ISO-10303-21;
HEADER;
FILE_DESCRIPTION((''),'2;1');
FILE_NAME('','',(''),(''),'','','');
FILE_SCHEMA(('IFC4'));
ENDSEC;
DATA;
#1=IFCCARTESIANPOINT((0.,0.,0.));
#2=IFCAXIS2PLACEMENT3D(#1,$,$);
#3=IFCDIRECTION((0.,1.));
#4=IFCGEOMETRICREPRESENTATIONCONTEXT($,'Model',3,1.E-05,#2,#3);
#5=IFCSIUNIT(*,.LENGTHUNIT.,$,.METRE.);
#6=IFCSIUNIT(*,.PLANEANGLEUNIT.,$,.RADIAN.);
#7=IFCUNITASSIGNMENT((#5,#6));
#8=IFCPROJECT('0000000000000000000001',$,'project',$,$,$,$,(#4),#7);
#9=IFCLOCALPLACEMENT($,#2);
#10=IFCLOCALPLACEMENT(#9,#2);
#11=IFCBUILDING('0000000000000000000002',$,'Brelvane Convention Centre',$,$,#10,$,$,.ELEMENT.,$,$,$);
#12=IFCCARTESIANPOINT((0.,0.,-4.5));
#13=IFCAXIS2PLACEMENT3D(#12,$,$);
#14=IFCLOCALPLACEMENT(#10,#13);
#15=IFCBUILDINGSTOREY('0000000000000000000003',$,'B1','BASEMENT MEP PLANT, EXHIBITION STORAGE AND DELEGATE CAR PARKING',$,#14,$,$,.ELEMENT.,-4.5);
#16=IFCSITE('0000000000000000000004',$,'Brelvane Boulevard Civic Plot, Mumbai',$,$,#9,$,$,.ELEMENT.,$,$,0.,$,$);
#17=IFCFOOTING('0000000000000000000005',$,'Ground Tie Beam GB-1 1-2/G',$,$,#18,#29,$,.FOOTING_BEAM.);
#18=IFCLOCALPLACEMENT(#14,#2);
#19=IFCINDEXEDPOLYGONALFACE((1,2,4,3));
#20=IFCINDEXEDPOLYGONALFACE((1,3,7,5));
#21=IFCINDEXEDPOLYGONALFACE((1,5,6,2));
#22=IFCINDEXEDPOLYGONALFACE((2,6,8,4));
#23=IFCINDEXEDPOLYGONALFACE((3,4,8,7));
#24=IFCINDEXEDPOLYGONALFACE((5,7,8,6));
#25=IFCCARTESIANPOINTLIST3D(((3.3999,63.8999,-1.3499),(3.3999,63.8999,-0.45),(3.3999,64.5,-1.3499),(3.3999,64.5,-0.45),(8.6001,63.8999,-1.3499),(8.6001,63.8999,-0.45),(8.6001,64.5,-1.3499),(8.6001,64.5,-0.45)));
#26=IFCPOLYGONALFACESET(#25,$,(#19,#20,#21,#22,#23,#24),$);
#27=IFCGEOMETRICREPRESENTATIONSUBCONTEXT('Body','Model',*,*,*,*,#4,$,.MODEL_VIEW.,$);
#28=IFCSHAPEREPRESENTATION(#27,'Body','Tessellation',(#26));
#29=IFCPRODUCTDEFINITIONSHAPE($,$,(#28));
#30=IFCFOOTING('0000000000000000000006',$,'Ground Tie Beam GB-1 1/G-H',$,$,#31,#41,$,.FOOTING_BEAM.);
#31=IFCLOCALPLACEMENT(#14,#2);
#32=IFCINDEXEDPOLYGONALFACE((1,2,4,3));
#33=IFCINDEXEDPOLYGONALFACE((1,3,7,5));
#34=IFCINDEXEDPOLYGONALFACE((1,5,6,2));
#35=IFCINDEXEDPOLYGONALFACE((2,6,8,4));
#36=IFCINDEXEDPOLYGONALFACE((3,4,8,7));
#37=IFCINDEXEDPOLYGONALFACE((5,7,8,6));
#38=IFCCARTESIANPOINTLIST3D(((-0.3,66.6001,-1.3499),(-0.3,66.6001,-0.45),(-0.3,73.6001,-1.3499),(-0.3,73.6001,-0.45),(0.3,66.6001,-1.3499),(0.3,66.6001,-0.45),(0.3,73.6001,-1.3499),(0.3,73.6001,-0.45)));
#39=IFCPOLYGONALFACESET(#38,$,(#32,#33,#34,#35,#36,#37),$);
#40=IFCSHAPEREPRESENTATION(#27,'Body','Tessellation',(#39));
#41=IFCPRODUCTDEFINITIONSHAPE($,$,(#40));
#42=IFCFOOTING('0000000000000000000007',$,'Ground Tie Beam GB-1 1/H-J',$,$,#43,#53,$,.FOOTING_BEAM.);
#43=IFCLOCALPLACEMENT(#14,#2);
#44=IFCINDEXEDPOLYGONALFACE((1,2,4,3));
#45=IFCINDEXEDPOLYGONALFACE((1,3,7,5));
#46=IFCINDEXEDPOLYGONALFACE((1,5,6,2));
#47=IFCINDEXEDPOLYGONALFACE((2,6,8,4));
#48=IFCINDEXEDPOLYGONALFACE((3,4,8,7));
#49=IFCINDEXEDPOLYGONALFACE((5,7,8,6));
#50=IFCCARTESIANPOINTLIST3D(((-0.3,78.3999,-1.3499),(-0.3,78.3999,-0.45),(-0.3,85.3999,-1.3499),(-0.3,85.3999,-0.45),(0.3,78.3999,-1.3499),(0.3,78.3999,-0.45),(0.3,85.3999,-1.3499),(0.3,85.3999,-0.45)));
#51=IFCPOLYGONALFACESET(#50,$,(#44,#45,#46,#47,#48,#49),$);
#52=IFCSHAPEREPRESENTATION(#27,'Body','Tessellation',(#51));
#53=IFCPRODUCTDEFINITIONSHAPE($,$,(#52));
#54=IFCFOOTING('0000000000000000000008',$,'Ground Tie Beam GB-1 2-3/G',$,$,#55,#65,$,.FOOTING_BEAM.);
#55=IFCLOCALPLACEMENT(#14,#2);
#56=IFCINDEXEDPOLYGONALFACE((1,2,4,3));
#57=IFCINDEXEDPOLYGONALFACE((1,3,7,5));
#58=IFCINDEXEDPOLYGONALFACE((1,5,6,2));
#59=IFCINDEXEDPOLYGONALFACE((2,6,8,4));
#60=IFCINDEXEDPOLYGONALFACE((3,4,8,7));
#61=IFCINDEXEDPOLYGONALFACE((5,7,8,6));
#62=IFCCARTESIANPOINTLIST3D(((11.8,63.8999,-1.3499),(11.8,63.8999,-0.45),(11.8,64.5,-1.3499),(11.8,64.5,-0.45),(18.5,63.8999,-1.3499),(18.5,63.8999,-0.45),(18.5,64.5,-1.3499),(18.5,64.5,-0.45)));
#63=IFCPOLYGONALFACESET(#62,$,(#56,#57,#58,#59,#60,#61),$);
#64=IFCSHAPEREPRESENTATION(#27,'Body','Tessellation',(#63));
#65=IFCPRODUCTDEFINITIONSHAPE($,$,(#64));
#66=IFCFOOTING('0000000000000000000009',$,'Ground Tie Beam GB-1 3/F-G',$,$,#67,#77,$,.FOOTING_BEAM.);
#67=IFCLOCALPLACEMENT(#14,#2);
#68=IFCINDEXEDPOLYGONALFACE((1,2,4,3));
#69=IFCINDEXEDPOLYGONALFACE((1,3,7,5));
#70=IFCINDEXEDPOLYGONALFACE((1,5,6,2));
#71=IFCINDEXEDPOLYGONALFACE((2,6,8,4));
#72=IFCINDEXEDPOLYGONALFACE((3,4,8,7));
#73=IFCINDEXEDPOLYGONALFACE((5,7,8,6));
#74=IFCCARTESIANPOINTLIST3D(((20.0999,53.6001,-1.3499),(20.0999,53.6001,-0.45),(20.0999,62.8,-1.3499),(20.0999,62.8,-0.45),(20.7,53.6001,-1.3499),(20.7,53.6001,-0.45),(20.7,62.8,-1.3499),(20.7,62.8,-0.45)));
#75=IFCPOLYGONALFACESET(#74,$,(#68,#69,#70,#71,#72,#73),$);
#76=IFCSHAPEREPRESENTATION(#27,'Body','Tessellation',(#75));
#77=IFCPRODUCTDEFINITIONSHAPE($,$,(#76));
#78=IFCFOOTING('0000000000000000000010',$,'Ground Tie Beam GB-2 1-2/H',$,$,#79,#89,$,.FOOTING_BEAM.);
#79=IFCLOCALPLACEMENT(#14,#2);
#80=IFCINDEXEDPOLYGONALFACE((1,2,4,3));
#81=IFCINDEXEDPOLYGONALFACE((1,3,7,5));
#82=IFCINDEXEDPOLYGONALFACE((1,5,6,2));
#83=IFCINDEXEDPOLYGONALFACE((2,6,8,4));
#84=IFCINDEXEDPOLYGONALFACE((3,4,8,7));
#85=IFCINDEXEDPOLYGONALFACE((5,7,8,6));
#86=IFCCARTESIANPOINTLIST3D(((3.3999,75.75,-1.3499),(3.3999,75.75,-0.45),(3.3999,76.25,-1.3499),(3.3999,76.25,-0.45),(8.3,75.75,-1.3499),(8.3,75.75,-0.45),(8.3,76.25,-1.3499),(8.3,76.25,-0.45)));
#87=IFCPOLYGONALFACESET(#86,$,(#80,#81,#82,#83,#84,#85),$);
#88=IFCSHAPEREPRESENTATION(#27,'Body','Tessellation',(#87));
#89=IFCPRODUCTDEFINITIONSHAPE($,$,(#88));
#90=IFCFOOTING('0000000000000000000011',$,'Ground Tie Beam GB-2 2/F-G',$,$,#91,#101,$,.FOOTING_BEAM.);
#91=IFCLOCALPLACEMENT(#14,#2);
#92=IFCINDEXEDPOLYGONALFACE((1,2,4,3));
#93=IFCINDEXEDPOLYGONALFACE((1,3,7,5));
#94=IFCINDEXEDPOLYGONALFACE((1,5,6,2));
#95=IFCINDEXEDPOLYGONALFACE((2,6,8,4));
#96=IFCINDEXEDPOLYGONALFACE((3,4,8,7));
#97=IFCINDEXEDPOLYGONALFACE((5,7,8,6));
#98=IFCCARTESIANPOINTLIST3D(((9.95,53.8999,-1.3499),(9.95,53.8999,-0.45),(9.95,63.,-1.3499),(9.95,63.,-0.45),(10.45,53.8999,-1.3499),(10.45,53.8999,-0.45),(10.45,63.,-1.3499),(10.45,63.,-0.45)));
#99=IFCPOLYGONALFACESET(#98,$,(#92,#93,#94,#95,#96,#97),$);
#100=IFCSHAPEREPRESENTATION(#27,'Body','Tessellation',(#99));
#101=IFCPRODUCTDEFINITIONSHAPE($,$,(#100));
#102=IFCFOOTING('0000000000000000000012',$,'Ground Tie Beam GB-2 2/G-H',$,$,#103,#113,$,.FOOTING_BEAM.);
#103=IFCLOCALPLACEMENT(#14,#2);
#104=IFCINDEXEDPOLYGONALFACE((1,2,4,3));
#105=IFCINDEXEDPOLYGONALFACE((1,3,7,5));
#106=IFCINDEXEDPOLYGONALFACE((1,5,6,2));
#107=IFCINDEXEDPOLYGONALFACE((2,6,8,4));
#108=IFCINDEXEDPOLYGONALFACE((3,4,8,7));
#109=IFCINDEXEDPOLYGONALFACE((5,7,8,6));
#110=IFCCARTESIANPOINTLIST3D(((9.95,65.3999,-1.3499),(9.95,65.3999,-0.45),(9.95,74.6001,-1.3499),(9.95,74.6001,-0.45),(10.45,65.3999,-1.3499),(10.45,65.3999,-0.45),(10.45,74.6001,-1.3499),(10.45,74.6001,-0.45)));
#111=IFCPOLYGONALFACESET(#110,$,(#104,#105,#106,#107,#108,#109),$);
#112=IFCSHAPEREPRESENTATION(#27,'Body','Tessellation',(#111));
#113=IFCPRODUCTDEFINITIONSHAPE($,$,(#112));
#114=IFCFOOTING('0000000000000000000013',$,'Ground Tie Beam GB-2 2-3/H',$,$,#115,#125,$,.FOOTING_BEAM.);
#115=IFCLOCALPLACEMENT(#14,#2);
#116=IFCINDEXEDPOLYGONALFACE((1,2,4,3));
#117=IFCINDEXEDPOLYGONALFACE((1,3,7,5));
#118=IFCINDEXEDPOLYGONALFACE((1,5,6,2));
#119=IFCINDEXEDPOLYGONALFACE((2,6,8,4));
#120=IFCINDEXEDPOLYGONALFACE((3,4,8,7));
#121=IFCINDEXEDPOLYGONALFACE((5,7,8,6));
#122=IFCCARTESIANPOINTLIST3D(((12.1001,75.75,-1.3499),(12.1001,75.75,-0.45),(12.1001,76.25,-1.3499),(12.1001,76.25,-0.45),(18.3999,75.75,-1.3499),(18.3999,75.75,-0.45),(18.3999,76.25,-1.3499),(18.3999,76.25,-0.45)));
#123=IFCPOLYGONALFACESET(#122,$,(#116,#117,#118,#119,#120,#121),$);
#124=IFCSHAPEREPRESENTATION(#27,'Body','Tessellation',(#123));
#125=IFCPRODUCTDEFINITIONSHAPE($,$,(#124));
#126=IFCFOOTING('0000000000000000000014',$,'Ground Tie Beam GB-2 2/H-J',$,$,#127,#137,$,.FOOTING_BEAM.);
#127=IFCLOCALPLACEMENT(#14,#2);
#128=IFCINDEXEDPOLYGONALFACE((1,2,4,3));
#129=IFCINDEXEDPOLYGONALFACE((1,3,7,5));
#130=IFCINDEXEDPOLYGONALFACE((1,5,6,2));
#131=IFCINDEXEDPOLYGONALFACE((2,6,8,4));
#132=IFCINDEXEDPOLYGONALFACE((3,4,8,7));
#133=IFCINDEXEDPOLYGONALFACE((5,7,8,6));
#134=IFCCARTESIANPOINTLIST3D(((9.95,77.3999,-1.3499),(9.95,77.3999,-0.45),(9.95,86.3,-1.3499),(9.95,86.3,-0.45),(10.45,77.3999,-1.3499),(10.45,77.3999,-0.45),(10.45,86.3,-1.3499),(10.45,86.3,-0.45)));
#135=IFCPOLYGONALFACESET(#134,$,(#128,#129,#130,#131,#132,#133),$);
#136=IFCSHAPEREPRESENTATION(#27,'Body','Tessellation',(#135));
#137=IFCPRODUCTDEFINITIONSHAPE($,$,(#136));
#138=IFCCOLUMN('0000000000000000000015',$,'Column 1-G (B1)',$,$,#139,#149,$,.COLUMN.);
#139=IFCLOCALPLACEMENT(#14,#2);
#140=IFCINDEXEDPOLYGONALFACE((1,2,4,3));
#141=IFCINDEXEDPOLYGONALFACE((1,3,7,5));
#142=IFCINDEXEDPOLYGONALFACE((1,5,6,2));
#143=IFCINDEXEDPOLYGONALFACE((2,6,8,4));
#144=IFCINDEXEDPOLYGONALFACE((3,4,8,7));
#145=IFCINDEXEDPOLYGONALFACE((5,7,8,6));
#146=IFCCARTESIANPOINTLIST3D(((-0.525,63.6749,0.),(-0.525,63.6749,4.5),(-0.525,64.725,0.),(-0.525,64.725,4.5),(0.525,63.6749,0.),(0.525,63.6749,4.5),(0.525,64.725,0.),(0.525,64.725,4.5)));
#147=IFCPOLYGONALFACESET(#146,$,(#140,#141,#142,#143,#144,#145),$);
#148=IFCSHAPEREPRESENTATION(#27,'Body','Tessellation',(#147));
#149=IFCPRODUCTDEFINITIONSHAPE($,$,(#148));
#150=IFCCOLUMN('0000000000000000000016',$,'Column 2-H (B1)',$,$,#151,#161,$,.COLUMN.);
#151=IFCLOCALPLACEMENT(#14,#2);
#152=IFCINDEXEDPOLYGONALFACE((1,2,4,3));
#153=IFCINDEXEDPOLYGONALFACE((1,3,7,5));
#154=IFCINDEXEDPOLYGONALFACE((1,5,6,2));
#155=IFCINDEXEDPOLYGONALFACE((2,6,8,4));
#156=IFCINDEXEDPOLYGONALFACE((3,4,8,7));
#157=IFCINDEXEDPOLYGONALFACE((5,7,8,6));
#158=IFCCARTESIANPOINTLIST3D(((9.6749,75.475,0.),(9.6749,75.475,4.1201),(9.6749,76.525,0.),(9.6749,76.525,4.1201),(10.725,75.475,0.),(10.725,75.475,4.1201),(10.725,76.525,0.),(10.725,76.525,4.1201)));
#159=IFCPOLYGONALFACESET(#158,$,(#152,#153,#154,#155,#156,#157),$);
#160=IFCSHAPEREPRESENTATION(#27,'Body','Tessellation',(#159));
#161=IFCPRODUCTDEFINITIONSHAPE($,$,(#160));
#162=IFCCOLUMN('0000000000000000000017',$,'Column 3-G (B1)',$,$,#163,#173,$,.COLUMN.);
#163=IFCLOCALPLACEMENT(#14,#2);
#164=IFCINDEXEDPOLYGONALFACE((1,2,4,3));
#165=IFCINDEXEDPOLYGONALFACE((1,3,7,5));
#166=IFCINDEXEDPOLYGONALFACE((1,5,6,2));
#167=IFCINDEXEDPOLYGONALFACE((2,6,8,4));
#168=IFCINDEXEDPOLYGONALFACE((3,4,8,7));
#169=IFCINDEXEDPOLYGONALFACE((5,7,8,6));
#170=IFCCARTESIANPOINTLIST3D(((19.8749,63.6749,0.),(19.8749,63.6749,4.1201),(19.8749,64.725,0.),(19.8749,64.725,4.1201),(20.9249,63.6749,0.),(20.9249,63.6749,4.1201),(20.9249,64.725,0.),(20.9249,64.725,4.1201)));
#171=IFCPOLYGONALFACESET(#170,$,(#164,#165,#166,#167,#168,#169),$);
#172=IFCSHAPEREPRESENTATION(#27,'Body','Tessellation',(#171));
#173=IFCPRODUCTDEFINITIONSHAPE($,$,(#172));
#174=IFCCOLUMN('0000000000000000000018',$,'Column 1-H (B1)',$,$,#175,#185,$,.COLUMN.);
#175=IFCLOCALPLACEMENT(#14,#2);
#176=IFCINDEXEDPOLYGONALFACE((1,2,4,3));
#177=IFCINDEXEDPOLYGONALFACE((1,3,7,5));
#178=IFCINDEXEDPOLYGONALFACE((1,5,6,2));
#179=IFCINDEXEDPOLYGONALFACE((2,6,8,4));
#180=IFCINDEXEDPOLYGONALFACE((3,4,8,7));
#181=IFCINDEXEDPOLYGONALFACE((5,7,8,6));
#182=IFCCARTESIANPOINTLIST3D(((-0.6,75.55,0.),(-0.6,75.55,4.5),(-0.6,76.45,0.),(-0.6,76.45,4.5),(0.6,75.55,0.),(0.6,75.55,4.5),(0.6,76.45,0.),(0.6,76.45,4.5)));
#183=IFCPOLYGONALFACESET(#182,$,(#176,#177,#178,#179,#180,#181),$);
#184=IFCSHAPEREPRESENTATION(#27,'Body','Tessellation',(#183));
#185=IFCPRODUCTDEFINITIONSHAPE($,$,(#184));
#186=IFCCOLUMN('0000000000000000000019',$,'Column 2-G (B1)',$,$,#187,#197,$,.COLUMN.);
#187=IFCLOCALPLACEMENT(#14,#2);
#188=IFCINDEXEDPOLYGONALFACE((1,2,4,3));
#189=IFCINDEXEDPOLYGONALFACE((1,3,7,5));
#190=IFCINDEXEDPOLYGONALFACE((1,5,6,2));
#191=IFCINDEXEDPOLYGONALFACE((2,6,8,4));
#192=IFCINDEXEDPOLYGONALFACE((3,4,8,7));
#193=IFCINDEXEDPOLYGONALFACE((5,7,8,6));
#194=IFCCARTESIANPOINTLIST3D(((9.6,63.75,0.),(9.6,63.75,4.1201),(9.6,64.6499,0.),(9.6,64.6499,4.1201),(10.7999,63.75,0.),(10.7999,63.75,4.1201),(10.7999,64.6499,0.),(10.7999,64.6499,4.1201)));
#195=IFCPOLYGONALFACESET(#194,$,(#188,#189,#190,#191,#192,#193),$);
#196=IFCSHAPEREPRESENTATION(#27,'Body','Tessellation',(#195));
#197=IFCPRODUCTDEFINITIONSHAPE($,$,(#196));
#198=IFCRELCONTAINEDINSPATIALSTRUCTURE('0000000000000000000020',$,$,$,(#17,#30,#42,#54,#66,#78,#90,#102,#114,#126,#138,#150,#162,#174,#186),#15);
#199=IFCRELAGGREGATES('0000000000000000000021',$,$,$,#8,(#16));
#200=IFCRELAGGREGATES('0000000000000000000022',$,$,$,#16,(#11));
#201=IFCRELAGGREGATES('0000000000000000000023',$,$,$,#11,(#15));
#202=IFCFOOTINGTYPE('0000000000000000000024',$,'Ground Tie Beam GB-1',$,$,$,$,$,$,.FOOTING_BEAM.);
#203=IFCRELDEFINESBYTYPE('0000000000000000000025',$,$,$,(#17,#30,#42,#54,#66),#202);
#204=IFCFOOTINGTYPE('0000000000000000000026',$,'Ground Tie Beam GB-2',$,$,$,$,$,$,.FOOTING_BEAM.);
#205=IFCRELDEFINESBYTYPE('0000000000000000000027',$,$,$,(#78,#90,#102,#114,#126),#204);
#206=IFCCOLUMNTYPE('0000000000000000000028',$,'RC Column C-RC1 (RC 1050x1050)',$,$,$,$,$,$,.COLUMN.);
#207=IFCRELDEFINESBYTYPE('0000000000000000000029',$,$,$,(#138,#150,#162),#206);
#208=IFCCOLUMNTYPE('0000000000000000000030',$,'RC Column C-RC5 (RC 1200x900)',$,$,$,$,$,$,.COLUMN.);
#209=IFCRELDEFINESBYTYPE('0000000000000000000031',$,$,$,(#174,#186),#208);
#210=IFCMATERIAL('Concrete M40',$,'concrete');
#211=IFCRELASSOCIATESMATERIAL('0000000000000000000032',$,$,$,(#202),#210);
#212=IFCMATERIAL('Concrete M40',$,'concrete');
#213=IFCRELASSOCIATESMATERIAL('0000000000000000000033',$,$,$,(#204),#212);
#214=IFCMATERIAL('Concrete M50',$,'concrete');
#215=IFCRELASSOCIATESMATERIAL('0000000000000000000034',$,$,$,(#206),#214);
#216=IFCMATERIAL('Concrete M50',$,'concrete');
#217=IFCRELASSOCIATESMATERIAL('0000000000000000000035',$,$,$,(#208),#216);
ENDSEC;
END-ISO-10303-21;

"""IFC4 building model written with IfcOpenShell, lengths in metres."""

from ifc_helpers import new_model, si_unit, direction, frame, origin, origin_2d, place, context, subcontext, project, spatial, rectangle, extrude, material, material_profile, profile_set, type_object, element, save


model = new_model("IFC4")

# Units and contexts
model_context = context("Model", 3, precision=1e-05, world=origin(), true_north=direction((0.0, 1.0)))
body_context = subcontext(model_context, "Body", "Model", "MODEL_VIEW")
ifc_project = project(units=[si_unit("LENGTHUNIT", "METRE"), si_unit("PLANEANGLEUNIT", "RADIAN")], contexts=[model_context])

# Site, building, storey
site_placement = place(None, origin())
site = spatial("IfcSite", under=ifc_project, at=site_placement, Name="Brelvane Boulevard Civic Plot, Mumbai", CompositionType="ELEMENT", RefElevation=0.0)
building_placement = place(site_placement, origin())
building = spatial("IfcBuilding", under=site, at=building_placement, Name="Brelvane Convention Centre", CompositionType="ELEMENT")
storey_placement = place(building_placement, frame((0.0, 0.0, -4.5)))
storey = spatial("IfcBuildingStorey", under=building, at=storey_placement, Name="B1", Description="BASEMENT MEP PLANT, EXHIBITION STORAGE AND DELEGATE CAR PARKING", CompositionType="ELEMENT", Elevation=-4.5)

# Footings
ifc_material_1 = material(Name="Concrete M40", Category="concrete")
ifc_material_profile_1 = material_profile(ifc_material_1, rectangle(XDim=0.6001, YDim=0.8999, at=origin_2d()), Name="RC 600x900")
ifc_profile_set_1 = profile_set([ifc_material_profile_1], Name="Concrete M40")
footing_type_1 = type_object("IfcFootingType", Name="Ground Tie Beam GB-1", PredefinedType="FOOTING_BEAM", material=ifc_profile_set_1)
footing_1_placement = place(storey_placement, frame((3.3999, 64.2, -0.8999), z_axis=(1.0, 0.0, 0.0), x_axis=(0.0, 1.0, 0.0)))
element("IfcFooting", 1, at=footing_1_placement, inside=storey, type_object=footing_type_1, Name="Ground Tie Beam GB-1 1-2/G", PredefinedType="FOOTING_BEAM", context=body_context, shape_type="SweptSolid", body=[
    extrude(rectangle(XDim=0.6001, YDim=0.8999, at=origin_2d()), origin(), (0.0, 0.0, 1.0), 5.2002),
])
for number, where, z_axis, x_axis, name in (
    (2, (0.0, 66.6001, -0.8999), (0.0, 1.0, 0.0), (-1.0, 0.0, 0.0), "Ground Tie Beam GB-1 1/G-H"),
    (3, (0.0, 78.3999, -0.8999), (0.0, 1.0, 0.0), (-1.0, 0.0, 0.0), "Ground Tie Beam GB-1 1/H-J"),
):
    element("IfcFooting", number, at=place(storey_placement, frame(where, z_axis=z_axis, x_axis=x_axis)), inside=storey, type_object=footing_type_1, Name=name, PredefinedType="FOOTING_BEAM", context=body_context, shape_type="SweptSolid", body=[
        extrude(rectangle(XDim=0.6001, YDim=0.8999, at=origin_2d()), origin(), (0.0, 0.0, 1.0), 7.0),
    ])
footing_2_placement = place(storey_placement, frame((11.8, 64.2, -0.8999), z_axis=(1.0, 0.0, 0.0), x_axis=(0.0, 1.0, 0.0)))
element("IfcFooting", 4, at=footing_2_placement, inside=storey, type_object=footing_type_1, Name="Ground Tie Beam GB-1 2-3/G", PredefinedType="FOOTING_BEAM", context=body_context, shape_type="SweptSolid", body=[
    extrude(rectangle(XDim=0.6001, YDim=0.8999, at=origin_2d()), origin(), (0.0, 0.0, 1.0), 6.7),
])
footing_3_placement = place(storey_placement, frame((20.3999, 53.6001, -0.8999), z_axis=(0.0, 1.0, 0.0), x_axis=(-1.0, 0.0, 0.0)))
element("IfcFooting", 5, at=footing_3_placement, inside=storey, type_object=footing_type_1, Name="Ground Tie Beam GB-1 3/F-G", PredefinedType="FOOTING_BEAM", context=body_context, shape_type="SweptSolid", body=[
    extrude(rectangle(XDim=0.6001, YDim=0.8999, at=origin_2d()), origin(), (0.0, 0.0, 1.0), 9.2),
])
ifc_material_2 = material(Name="Concrete M40", Category="concrete")
ifc_material_profile_2 = material_profile(ifc_material_2, rectangle(XDim=0.5, YDim=0.8999, at=origin_2d()), Name="RC 500x900")
ifc_profile_set_2 = profile_set([ifc_material_profile_2], Name="Concrete M40")
footing_type_2 = type_object("IfcFootingType", Name="Ground Tie Beam GB-2", PredefinedType="FOOTING_BEAM", material=ifc_profile_set_2)
footing_4_placement = place(storey_placement, frame((3.3999, 76.0, -0.8999), z_axis=(1.0, 0.0, 0.0), x_axis=(0.0, 1.0, 0.0)))
element("IfcFooting", 6, at=footing_4_placement, inside=storey, type_object=footing_type_2, Name="Ground Tie Beam GB-2 1-2/H", PredefinedType="FOOTING_BEAM", context=body_context, shape_type="SweptSolid", body=[
    extrude(rectangle(XDim=0.5, YDim=0.8999, at=origin_2d()), origin(), (0.0, 0.0, 1.0), 4.9001),
])
footing_5_placement = place(storey_placement, frame((10.2, 53.8999, -0.8999), z_axis=(0.0, 1.0, 0.0), x_axis=(-1.0, 0.0, 0.0)))
element("IfcFooting", 7, at=footing_5_placement, inside=storey, type_object=footing_type_2, Name="Ground Tie Beam GB-2 2/F-G", PredefinedType="FOOTING_BEAM", context=body_context, shape_type="SweptSolid", body=[
    extrude(rectangle(XDim=0.5, YDim=0.8999, at=origin_2d()), origin(), (0.0, 0.0, 1.0), 9.1001),
])
footing_6_placement = place(storey_placement, frame((10.2, 65.3999, -0.8999), z_axis=(0.0, 1.0, 0.0), x_axis=(-1.0, 0.0, 0.0)))
element("IfcFooting", 8, at=footing_6_placement, inside=storey, type_object=footing_type_2, Name="Ground Tie Beam GB-2 2/G-H", PredefinedType="FOOTING_BEAM", context=body_context, shape_type="SweptSolid", body=[
    extrude(rectangle(XDim=0.5, YDim=0.8999, at=origin_2d()), origin(), (0.0, 0.0, 1.0), 9.2002),
])
footing_7_placement = place(storey_placement, frame((12.1001, 76.0, -0.8999), z_axis=(1.0, 0.0, 0.0), x_axis=(0.0, 1.0, 0.0)))
element("IfcFooting", 9, at=footing_7_placement, inside=storey, type_object=footing_type_2, Name="Ground Tie Beam GB-2 2-3/H", PredefinedType="FOOTING_BEAM", context=body_context, shape_type="SweptSolid", body=[
    extrude(rectangle(XDim=0.5, YDim=0.8999, at=origin_2d()), origin(), (0.0, 0.0, 1.0), 6.2998),
])
footing_8_placement = place(storey_placement, frame((10.2, 77.3999, -0.8999), z_axis=(0.0, 1.0, 0.0), x_axis=(-1.0, 0.0, 0.0)))
element("IfcFooting", 10, at=footing_8_placement, inside=storey, type_object=footing_type_2, Name="Ground Tie Beam GB-2 2/H-J", PredefinedType="FOOTING_BEAM", context=body_context, shape_type="SweptSolid", body=[
    extrude(rectangle(XDim=0.5, YDim=0.8999, at=origin_2d()), origin(), (0.0, 0.0, 1.0), 8.9001),
])

# Columns
ifc_material_3 = material(Name="Concrete M50", Category="concrete")
ifc_material_profile_3 = material_profile(ifc_material_3, rectangle(XDim=1.05, YDim=1.05, at=origin_2d()), Name="RC 1050x1050")
ifc_profile_set_3 = profile_set([ifc_material_profile_3], Name="Concrete M50")
column_type_1 = type_object("IfcColumnType", Name="RC Column C-RC1 (RC 1050x1050)", PredefinedType="COLUMN", material=ifc_profile_set_3)
column_1_placement = place(storey_placement, frame((0.0, 64.2, 0.0), z_axis=(0.0, 0.0, 1.0), x_axis=(1.0, 0.0, 0.0)))
element("IfcColumn", 11, at=column_1_placement, inside=storey, type_object=column_type_1, Name="Column 1-G (B1)", PredefinedType="COLUMN", context=body_context, shape_type="SweptSolid", body=[
    extrude(rectangle(XDim=1.05, YDim=1.05, at=origin_2d()), origin(), (0.0, 0.0, 1.0), 4.5),
])
for number, where, z_axis, x_axis, name in (
    (12, (10.2, 76.0, 0.0), (0.0, 0.0, 1.0), (1.0, 0.0, 0.0), "Column 2-H (B1)"),
    (13, (20.3999, 64.2, 0.0), (0.0, 0.0, 1.0), (1.0, 0.0, 0.0), "Column 3-G (B1)"),
):
    element("IfcColumn", number, at=place(storey_placement, frame(where, z_axis=z_axis, x_axis=x_axis)), inside=storey, type_object=column_type_1, Name=name, PredefinedType="COLUMN", context=body_context, shape_type="SweptSolid", body=[
        extrude(rectangle(XDim=1.05, YDim=1.05, at=origin_2d()), origin(), (0.0, 0.0, 1.0), 4.1201),
    ])
ifc_material_4 = material(Name="Concrete M50", Category="concrete")
ifc_material_profile_4 = material_profile(ifc_material_4, rectangle(XDim=1.2, YDim=0.8999, at=origin_2d()), Name="RC 1200x900")
ifc_profile_set_4 = profile_set([ifc_material_profile_4], Name="Concrete M50")
column_type_2 = type_object("IfcColumnType", Name="RC Column C-RC5 (RC 1200x900)", PredefinedType="COLUMN", material=ifc_profile_set_4)
column_2_placement = place(storey_placement, frame((0.0, 76.0, 0.0), z_axis=(0.0, 0.0, 1.0), x_axis=(1.0, 0.0, 0.0)))
element("IfcColumn", 14, at=column_2_placement, inside=storey, type_object=column_type_2, Name="Column 1-H (B1)", PredefinedType="COLUMN", context=body_context, shape_type="SweptSolid", body=[
    extrude(rectangle(XDim=1.2, YDim=0.8999, at=origin_2d()), origin(), (0.0, 0.0, 1.0), 4.5),
])
column_3_placement = place(storey_placement, frame((10.2, 64.2, 0.0), z_axis=(0.0, 0.0, 1.0), x_axis=(1.0, 0.0, 0.0)))
element("IfcColumn", 15, at=column_3_placement, inside=storey, type_object=column_type_2, Name="Column 2-G (B1)", PredefinedType="COLUMN", context=body_context, shape_type="SweptSolid", body=[
    extrude(rectangle(XDim=1.2, YDim=0.8999, at=origin_2d()), origin(), (0.0, 0.0, 1.0), 4.1201),
])

save(model, "model.ifc")
